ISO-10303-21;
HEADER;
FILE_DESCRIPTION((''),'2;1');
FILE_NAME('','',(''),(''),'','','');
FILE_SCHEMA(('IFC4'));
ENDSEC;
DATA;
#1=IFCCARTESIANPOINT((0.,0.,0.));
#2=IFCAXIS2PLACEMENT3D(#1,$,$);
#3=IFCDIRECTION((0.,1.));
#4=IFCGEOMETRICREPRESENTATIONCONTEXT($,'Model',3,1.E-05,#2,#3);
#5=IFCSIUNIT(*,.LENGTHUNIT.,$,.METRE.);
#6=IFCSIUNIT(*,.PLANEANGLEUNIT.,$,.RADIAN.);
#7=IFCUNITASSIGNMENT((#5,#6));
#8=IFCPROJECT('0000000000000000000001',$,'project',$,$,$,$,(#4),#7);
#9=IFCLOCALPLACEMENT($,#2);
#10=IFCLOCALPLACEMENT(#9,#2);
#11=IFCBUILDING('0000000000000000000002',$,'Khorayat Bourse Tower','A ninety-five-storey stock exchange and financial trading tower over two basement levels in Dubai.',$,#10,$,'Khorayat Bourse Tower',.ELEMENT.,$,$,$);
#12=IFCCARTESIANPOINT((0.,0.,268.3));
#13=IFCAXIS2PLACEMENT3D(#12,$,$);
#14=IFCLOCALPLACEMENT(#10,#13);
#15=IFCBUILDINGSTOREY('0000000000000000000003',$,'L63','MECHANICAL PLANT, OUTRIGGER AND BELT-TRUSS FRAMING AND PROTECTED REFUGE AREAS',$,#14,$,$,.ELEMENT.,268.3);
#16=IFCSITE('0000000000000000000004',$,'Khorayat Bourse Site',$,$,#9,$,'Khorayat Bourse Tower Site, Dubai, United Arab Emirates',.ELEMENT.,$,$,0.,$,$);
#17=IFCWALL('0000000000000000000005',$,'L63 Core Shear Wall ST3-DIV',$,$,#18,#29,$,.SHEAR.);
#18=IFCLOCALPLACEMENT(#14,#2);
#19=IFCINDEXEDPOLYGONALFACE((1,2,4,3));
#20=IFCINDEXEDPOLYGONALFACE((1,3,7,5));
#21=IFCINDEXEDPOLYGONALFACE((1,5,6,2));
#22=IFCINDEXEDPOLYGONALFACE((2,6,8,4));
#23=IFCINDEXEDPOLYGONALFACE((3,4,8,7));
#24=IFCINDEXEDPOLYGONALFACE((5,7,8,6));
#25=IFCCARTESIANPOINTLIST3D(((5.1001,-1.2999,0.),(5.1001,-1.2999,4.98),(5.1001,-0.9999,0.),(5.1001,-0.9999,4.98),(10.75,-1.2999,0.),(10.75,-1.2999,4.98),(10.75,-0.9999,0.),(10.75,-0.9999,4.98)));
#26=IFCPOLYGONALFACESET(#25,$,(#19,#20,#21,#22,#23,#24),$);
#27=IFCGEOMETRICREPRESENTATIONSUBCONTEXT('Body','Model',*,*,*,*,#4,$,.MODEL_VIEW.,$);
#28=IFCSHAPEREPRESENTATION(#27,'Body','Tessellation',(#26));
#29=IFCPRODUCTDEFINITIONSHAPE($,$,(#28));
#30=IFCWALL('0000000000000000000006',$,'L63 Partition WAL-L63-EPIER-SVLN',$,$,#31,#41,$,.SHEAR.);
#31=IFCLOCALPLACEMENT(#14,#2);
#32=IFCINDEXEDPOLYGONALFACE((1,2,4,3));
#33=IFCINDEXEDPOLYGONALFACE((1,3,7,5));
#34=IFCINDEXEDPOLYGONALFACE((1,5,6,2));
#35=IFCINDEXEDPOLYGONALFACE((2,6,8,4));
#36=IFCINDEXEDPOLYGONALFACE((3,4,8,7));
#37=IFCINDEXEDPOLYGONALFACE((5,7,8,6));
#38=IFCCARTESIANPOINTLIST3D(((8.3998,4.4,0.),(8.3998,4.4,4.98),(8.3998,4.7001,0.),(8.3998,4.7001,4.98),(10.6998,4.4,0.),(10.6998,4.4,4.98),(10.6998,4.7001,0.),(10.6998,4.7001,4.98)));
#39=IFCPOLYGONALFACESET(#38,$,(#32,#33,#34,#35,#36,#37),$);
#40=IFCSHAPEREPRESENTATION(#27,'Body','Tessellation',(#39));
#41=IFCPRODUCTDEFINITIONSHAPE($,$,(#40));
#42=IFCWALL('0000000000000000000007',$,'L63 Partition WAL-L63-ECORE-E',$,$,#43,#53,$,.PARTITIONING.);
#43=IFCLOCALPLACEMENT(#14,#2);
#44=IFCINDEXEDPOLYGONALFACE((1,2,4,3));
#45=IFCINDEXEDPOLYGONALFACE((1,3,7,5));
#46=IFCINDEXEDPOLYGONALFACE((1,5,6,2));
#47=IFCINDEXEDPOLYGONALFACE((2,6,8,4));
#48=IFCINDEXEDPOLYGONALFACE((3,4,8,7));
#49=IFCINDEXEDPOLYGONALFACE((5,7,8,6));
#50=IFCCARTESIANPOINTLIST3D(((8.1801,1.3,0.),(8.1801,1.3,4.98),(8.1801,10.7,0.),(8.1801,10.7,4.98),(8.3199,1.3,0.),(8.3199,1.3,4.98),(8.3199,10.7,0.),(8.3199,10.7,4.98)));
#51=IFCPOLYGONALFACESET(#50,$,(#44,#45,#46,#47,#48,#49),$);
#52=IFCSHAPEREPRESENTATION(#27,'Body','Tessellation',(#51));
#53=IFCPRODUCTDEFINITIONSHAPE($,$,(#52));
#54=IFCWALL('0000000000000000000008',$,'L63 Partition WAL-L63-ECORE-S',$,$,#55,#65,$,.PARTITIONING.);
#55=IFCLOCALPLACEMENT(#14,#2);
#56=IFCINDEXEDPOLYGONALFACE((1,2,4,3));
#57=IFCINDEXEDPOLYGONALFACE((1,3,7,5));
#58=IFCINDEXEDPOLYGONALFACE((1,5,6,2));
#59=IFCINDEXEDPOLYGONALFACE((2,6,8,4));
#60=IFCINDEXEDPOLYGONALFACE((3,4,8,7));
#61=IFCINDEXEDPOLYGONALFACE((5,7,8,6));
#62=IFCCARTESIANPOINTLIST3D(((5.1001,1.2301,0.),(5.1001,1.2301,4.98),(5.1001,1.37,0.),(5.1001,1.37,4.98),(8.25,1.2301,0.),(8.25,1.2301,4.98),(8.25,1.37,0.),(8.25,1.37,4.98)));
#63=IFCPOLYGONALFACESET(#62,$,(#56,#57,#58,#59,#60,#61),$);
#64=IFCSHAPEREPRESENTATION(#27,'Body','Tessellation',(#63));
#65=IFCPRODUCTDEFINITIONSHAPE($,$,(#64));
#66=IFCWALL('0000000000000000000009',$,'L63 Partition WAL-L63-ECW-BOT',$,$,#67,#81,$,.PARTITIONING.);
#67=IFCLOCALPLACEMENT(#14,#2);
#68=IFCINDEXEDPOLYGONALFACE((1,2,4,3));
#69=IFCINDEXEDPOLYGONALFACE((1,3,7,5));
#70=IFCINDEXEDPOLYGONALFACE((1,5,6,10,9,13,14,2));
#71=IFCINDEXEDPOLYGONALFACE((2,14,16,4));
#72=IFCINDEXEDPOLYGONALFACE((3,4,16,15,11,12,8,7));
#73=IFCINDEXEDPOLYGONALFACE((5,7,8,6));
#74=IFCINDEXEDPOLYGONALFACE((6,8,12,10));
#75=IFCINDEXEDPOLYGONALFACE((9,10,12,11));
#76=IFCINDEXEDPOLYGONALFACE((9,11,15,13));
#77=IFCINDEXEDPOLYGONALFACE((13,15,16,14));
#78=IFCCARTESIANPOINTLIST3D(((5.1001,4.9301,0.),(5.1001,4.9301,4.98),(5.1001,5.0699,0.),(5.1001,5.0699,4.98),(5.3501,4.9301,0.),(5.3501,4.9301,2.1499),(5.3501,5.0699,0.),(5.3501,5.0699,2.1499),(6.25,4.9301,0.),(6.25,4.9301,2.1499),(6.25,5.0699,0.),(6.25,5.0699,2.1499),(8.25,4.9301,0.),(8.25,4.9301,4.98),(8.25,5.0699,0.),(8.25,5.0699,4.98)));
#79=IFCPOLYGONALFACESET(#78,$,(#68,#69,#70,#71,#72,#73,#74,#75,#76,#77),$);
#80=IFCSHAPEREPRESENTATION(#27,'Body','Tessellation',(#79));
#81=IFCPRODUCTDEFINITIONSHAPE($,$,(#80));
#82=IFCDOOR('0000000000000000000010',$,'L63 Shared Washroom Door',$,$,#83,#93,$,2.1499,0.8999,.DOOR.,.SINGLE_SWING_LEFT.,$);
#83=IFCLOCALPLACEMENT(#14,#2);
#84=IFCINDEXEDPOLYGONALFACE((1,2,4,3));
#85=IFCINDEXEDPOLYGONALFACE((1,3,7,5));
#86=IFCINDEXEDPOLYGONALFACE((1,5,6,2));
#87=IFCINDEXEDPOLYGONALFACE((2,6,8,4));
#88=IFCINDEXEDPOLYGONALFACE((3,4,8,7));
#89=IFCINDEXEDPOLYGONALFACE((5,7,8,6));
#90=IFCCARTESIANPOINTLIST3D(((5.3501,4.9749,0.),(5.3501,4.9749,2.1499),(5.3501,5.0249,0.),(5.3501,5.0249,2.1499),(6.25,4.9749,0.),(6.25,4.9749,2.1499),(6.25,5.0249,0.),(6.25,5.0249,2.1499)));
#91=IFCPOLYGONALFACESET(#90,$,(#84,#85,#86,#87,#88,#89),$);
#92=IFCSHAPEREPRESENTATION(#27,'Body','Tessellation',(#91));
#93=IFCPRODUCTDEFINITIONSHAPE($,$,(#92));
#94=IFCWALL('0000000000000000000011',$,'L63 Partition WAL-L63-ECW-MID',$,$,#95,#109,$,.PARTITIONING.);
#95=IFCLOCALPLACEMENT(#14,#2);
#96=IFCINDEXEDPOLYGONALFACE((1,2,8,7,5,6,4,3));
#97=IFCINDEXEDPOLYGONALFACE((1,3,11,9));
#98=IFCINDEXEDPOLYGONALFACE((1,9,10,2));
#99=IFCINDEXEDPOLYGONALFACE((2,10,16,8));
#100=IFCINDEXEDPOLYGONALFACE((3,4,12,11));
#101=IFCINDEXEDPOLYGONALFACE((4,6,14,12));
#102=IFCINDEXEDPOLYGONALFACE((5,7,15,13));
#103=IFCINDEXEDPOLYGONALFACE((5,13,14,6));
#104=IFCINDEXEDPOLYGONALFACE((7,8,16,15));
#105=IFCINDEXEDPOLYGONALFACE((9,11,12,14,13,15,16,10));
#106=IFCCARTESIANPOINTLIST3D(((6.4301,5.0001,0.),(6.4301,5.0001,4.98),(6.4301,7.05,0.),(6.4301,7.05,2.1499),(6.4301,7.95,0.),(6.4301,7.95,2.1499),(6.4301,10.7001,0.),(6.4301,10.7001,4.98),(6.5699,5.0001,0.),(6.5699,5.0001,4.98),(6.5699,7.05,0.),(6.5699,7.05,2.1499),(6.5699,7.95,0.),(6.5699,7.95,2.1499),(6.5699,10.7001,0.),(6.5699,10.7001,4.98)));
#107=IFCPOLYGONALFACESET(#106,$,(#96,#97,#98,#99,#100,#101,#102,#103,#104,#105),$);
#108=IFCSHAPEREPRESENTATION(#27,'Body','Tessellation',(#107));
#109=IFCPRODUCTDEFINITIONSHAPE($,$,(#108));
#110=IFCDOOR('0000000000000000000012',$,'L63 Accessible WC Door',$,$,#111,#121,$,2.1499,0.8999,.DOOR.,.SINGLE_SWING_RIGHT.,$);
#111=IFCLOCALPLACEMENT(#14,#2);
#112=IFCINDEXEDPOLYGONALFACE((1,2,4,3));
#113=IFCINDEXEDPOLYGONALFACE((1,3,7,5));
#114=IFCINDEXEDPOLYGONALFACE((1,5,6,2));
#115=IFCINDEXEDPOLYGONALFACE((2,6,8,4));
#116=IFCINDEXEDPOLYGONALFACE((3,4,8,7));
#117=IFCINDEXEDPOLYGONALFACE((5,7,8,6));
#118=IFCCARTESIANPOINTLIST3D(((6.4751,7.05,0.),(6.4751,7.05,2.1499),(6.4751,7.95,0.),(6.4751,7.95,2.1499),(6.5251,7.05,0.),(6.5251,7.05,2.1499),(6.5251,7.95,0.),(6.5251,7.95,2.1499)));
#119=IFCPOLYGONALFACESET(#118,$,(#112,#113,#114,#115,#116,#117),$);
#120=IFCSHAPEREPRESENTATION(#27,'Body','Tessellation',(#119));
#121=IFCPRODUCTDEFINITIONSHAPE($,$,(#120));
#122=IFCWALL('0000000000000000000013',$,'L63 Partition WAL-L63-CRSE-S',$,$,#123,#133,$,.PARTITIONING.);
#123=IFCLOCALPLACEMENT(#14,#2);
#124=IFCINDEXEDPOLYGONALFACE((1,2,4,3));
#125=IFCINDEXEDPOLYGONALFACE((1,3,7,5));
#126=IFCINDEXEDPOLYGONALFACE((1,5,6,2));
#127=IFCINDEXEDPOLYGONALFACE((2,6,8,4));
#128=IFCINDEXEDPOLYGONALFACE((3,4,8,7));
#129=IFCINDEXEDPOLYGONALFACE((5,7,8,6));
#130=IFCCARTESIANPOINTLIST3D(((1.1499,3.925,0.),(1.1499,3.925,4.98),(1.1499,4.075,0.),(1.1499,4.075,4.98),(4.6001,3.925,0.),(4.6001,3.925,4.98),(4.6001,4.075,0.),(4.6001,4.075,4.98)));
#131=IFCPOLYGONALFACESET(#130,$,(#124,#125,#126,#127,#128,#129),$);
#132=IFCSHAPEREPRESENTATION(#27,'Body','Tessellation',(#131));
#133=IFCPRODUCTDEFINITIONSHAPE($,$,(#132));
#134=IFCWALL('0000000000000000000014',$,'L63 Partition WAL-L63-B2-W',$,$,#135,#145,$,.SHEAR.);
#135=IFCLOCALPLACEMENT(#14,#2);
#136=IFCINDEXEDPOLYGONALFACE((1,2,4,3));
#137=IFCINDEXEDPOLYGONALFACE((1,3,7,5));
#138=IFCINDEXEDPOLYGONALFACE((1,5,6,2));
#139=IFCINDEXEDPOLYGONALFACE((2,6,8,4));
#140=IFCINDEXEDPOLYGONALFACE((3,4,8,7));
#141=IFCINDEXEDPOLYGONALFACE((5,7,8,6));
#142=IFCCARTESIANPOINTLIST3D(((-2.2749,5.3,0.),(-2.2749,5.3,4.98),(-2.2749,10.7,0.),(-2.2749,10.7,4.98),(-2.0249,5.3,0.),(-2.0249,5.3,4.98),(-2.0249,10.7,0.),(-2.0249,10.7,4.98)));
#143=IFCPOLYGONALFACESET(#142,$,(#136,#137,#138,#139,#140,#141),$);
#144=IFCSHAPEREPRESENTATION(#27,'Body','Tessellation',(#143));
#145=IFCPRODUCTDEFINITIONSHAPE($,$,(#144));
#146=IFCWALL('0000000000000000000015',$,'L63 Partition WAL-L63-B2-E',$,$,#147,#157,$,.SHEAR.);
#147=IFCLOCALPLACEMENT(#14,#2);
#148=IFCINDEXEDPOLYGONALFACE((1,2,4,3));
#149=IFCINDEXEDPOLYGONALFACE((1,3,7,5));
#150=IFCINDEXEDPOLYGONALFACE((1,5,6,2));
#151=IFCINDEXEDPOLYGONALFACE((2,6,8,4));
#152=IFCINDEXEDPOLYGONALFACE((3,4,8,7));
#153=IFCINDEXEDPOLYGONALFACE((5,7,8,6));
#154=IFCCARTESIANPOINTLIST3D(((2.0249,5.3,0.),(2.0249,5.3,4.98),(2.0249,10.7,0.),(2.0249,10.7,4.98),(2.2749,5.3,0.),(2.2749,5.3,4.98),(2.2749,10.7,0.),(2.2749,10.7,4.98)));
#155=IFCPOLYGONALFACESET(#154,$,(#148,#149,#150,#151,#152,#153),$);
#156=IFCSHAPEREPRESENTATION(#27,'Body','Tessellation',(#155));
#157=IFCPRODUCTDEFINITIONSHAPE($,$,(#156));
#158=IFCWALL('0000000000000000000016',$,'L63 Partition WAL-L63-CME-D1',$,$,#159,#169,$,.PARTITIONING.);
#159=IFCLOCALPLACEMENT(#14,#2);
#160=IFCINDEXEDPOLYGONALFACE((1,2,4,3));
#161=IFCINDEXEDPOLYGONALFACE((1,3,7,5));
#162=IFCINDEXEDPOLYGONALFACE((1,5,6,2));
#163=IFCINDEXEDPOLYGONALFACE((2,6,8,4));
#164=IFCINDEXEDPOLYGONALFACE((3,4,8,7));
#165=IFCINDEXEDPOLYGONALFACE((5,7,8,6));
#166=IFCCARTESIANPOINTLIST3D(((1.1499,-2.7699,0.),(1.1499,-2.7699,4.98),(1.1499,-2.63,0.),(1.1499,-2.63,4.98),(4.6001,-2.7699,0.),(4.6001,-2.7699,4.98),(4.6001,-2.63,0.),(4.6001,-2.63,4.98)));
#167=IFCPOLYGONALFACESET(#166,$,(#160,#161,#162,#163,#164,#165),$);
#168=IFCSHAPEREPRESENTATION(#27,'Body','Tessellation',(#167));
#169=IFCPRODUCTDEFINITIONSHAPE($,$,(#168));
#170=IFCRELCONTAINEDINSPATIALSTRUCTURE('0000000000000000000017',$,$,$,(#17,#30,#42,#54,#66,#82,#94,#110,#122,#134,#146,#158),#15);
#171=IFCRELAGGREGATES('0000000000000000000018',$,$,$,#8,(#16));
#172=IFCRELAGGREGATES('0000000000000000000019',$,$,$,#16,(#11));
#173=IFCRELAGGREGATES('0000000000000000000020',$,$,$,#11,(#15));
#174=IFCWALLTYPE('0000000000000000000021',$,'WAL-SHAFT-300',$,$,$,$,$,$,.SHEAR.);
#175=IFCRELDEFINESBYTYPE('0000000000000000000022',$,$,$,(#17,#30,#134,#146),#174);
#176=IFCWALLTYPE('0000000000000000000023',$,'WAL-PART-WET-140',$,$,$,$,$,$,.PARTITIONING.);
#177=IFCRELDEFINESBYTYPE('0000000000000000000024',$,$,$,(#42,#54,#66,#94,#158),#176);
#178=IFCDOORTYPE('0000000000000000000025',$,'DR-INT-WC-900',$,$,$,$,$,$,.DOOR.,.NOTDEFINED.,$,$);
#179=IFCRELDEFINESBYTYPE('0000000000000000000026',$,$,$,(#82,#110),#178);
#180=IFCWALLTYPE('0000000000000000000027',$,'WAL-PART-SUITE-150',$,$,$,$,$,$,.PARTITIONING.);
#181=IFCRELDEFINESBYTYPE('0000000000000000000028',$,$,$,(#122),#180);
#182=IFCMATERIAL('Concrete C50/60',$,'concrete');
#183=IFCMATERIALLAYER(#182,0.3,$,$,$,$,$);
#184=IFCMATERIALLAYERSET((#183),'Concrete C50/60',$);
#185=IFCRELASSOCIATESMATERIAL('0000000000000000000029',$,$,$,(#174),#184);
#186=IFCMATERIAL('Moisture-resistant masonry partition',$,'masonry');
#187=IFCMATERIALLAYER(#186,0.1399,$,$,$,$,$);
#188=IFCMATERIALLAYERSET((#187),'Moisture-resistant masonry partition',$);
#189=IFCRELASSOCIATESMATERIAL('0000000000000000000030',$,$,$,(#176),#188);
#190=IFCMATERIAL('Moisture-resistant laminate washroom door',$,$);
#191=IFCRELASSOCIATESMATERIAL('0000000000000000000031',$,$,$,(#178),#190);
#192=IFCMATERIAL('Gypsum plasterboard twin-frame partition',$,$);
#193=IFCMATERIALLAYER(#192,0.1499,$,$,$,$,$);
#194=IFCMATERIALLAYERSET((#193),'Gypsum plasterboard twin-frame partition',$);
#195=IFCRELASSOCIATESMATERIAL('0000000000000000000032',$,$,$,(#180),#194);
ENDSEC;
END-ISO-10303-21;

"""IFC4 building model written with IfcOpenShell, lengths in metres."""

from ifc_helpers import new_model, si_unit, direction, frame, frame_2d, origin, place, context, subcontext, project, spatial, rectangle, extrude, source, transform, mapped, material, layer, layer_set, type_object, element, fill, save


model = new_model("IFC4")

# Units and contexts
model_context = context("Model", 3, precision=1e-05, world=origin(), true_north=direction((0.0, 1.0)))
body_context = subcontext(model_context, "Body", "Model", "MODEL_VIEW")
ifc_project = project(units=[si_unit("LENGTHUNIT", "METRE"), si_unit("PLANEANGLEUNIT", "RADIAN")], contexts=[model_context])

# Site, building, storey
site_placement = place(None, origin())
site = spatial("IfcSite", under=ifc_project, at=site_placement, Name="Khorayat Bourse Site", LongName="Khorayat Bourse Tower Site, Dubai, United Arab Emirates", CompositionType="ELEMENT", RefElevation=0.0)
building_placement = place(site_placement, origin())
building = spatial("IfcBuilding", under=site, at=building_placement, Name="Khorayat Bourse Tower", Description="A ninety-five-storey stock exchange and financial trading tower over two basement levels in Dubai.", LongName="Khorayat Bourse Tower", CompositionType="ELEMENT")
storey_placement = place(building_placement, frame((0.0, 0.0, 268.3)))
storey = spatial("IfcBuildingStorey", under=building, at=storey_placement, Name="L63", Description="MECHANICAL PLANT, OUTRIGGER AND BELT-TRUSS FRAMING AND PROTECTED REFUGE AREAS", CompositionType="ELEMENT", Elevation=268.3)

# Shared definitions
ifc_material_1 = material(Name="Concrete C50/60", Category="concrete")

# Walls
ifc_layer_1 = layer(ifc_material_1, 0.3)
ifc_layer_set_1 = layer_set([ifc_layer_1], Name="Concrete C50/60")
wall_type_1 = type_object("IfcWallType", Name="WAL-SHAFT-300", PredefinedType="SHEAR", material=ifc_layer_set_1)
shared_shape_1 = source(origin(), body_context, "Body", "SweptSolid", [
    extrude(rectangle(XDim=5.6499, YDim=0.3, at=frame_2d((2.825, 0.0))), origin(), (0.0, 0.0, 1.0), 4.98),
])
wall_1_placement = place(storey_placement, frame((5.1001, -1.1499, 0.0), z_axis=(0.0, 0.0, 1.0), x_axis=(1.0, 0.0, 0.0)))
element("IfcWall", 1, at=wall_1_placement, inside=storey, type_object=wall_type_1, Name="L63 Core Shear Wall ST3-DIV", PredefinedType="SHEAR", context=body_context, shape_type="MappedRepresentation", body=[
    mapped(shared_shape_1, transform((0.0, 0.0, 0.0), scale=1.0)),
])
shared_shape_2 = source(origin(), body_context, "Body", "SweptSolid", [
    extrude(rectangle(XDim=2.3, YDim=0.3, at=frame_2d((1.1499, 0.0))), origin(), (0.0, 0.0, 1.0), 4.98),
])
wall_2_placement = place(storey_placement, frame((8.3999, 4.55, 0.0), z_axis=(0.0, 0.0, 1.0), x_axis=(1.0, 0.0, 0.0)))
element("IfcWall", 2, at=wall_2_placement, inside=storey, type_object=wall_type_1, Name="L63 Partition WAL-L63-EPIER-SVLN", PredefinedType="SHEAR", context=body_context, shape_type="MappedRepresentation", body=[
    mapped(shared_shape_2, transform((0.0, 0.0, 0.0), scale=1.0)),
])
ifc_material_2 = material(Name="Moisture-resistant masonry partition", Category="masonry")
ifc_layer_2 = layer(ifc_material_2, 0.1399)
ifc_layer_set_2 = layer_set([ifc_layer_2], Name="Moisture-resistant masonry partition")
wall_type_2 = type_object("IfcWallType", Name="WAL-PART-WET-140", PredefinedType="PARTITIONING", material=ifc_layer_set_2)
shared_shape_3 = source(origin(), body_context, "Body", "SweptSolid", [
    extrude(rectangle(XDim=9.3999, YDim=0.1399, at=frame_2d((4.7, 0.0))), origin(), (0.0, 0.0, 1.0), 4.98),
])
wall_3_placement = place(storey_placement, frame((8.25, 1.3, 0.0), z_axis=(0.0, 0.0, 1.0), x_axis=(0.0, 1.0, 0.0)))
element("IfcWall", 3, at=wall_3_placement, inside=storey, type_object=wall_type_2, Name="L63 Partition WAL-L63-ECORE-E", PredefinedType="PARTITIONING", context=body_context, shape_type="MappedRepresentation", body=[
    mapped(shared_shape_3, transform((0.0, 0.0, 0.0), scale=1.0)),
])
shared_shape_4 = source(origin(), body_context, "Body", "SweptSolid", [
    extrude(rectangle(XDim=3.1499, YDim=0.1399, at=frame_2d((1.575, 0.0))), origin(), (0.0, 0.0, 1.0), 4.98),
])
wall_4_placement = place(storey_placement, frame((5.1001, 1.3, 0.0), z_axis=(0.0, 0.0, 1.0), x_axis=(1.0, 0.0, 0.0)))
element("IfcWall", 4, at=wall_4_placement, inside=storey, type_object=wall_type_2, Name="L63 Partition WAL-L63-ECORE-S", PredefinedType="PARTITIONING", context=body_context, shape_type="MappedRepresentation", body=[
    mapped(shared_shape_4, transform((0.0, 0.0, 0.0), scale=1.0)),
])

# Walls, openings, doors
wall_5_placement = place(storey_placement, frame((5.1001, 5.0, 0.0), z_axis=(0.0, 0.0, 1.0), x_axis=(1.0, 0.0, 0.0)))
wall_5 = element("IfcWall", 5, at=wall_5_placement, inside=storey, type_object=wall_type_2, Name="L63 Partition WAL-L63-ECW-BOT", PredefinedType="PARTITIONING", context=body_context, shape_type="MappedRepresentation", body=[
    mapped(shared_shape_4, transform((0.0, 0.0, 0.0), scale=1.0)),
])
shared_shape_5 = source(origin(), body_context, "Body", "SweptSolid", [
    extrude(rectangle(XDim=0.8999, YDim=2.1499, at=frame_2d((0.45, 1.075))), frame((0.0, 0.0798, 0.0), z_axis=(0.0, -1.0, 0.0), x_axis=(1.0, 0.0, 0.0)), (0.0, 0.0, 1.0), 0.1599),
])
opening_1_placement = place(wall_5_placement, frame((0.25, 0.0, 0.0)))
opening_1 = element("IfcOpeningElement", 6, at=opening_1_placement, cuts=wall_5, PredefinedType="OPENING", context=body_context, shape_type="MappedRepresentation", body=[
    mapped(shared_shape_5, transform((0.0, 0.0, 0.0), scale=1.0)),
])
ifc_material_3 = material(Name="Moisture-resistant laminate washroom door")
door_type = type_object("IfcDoorType", Name="DR-INT-WC-900", OperationType="NOTDEFINED", PredefinedType="DOOR", material=ifc_material_3)
shared_shape_6 = source(origin(), body_context, "Body", "SweptSolid", [
    extrude(rectangle(XDim=0.8999, YDim=2.1499, at=frame_2d((0.45, 1.075))), frame((0.0, 0.0249, 0.0), z_axis=(0.0, -1.0, 0.0), x_axis=(1.0, 0.0, 0.0)), (0.0, 0.0, 1.0), 0.05),
])
door_1_placement = place(opening_1_placement, origin())
door_1 = element("IfcDoor", 7, at=door_1_placement, inside=storey, type_object=door_type, Name="L63 Shared Washroom Door", OperationType="SINGLE_SWING_LEFT", OverallHeight=2.1499, OverallWidth=0.8999, PredefinedType="DOOR", context=body_context, shape_type="MappedRepresentation", body=[
    mapped(shared_shape_6, transform((0.0, 0.0, 0.0), scale=1.0)),
])
fill(opening_1, door_1)
shared_shape_7 = source(origin(), body_context, "Body", "SweptSolid", [
    extrude(rectangle(XDim=5.7, YDim=0.1399, at=frame_2d((2.8501, 0.0))), origin(), (0.0, 0.0, 1.0), 4.98),
])
wall_6_placement = place(storey_placement, frame((6.5, 5.0, 0.0), z_axis=(0.0, 0.0, 1.0), x_axis=(0.0, 1.0, 0.0)))
wall_6 = element("IfcWall", 8, at=wall_6_placement, inside=storey, type_object=wall_type_2, Name="L63 Partition WAL-L63-ECW-MID", PredefinedType="PARTITIONING", context=body_context, shape_type="MappedRepresentation", body=[
    mapped(shared_shape_7, transform((0.0, 0.0, 0.0), scale=1.0)),
])
opening_2_placement = place(wall_6_placement, frame((2.05, 0.0, 0.0)))
opening_2 = element("IfcOpeningElement", 9, at=opening_2_placement, cuts=wall_6, PredefinedType="OPENING", context=body_context, shape_type="MappedRepresentation", body=[
    mapped(shared_shape_5, transform((0.0, 0.0, 0.0), scale=1.0)),
])
door_2_placement = place(opening_2_placement, origin())
door_2 = element("IfcDoor", 10, at=door_2_placement, inside=storey, type_object=door_type, Name="L63 Accessible WC Door", OperationType="SINGLE_SWING_RIGHT", OverallHeight=2.1499, OverallWidth=0.8999, PredefinedType="DOOR", context=body_context, shape_type="MappedRepresentation", body=[
    mapped(shared_shape_6, transform((0.0, 0.0, 0.0), scale=1.0)),
])
fill(opening_2, door_2)

# Walls
ifc_material_4 = material(Name="Gypsum plasterboard twin-frame partition")
ifc_layer_3 = layer(ifc_material_4, 0.1499)
ifc_layer_set_3 = layer_set([ifc_layer_3], Name="Gypsum plasterboard twin-frame partition")
wall_type_3 = type_object("IfcWallType", Name="WAL-PART-SUITE-150", PredefinedType="PARTITIONING", material=ifc_layer_set_3)
shared_shape_8 = source(origin(), body_context, "Body", "SweptSolid", [
    extrude(rectangle(XDim=3.4502, YDim=0.1499, at=frame_2d((1.7251, 0.0))), origin(), (0.0, 0.0, 1.0), 4.98),
])
wall_7_placement = place(storey_placement, frame((1.1499, 4.0, 0.0), z_axis=(0.0, 0.0, 1.0), x_axis=(1.0, 0.0, 0.0)))
element("IfcWall", 11, at=wall_7_placement, inside=storey, type_object=wall_type_3, Name="L63 Partition WAL-L63-CRSE-S", PredefinedType="PARTITIONING", context=body_context, shape_type="MappedRepresentation", body=[
    mapped(shared_shape_8, transform((0.0, 0.0, 0.0), scale=1.0)),
])
shared_shape_9 = source(origin(), body_context, "Body", "SweptSolid", [
    extrude(rectangle(XDim=5.3999, YDim=0.25, at=frame_2d((2.7, 0.0))), origin(), (0.0, 0.0, 1.0), 4.98),
])
for number, where, z_axis, x_axis, name in (
    (12, (-2.1499, 5.3, 0.0), (0.0, 0.0, 1.0), (0.0, 1.0, 0.0), "L63 Partition WAL-L63-B2-W"),
    (13, (2.1499, 5.3, 0.0), (0.0, 0.0, 1.0), (0.0, 1.0, 0.0), "L63 Partition WAL-L63-B2-E"),
):
    element("IfcWall", number, at=place(storey_placement, frame(where, z_axis=z_axis, x_axis=x_axis)), inside=storey, type_object=wall_type_1, Name=name, PredefinedType="SHEAR", context=body_context, shape_type="MappedRepresentation", body=[
        mapped(shared_shape_9, transform((0.0, 0.0, 0.0), scale=1.0)),
    ])
shared_shape_10 = source(origin(), body_context, "Body", "SweptSolid", [
    extrude(rectangle(XDim=3.4502, YDim=0.1399, at=frame_2d((1.7251, 0.0))), origin(), (0.0, 0.0, 1.0), 4.98),
])
for number, where, z_axis, x_axis, name in (
    (14, (1.1499, -2.7, 0.0), (0.0, 0.0, 1.0), (1.0, 0.0, 0.0), "L63 Partition WAL-L63-CME-D1"),
):
    element("IfcWall", number, at=place(storey_placement, frame(where, z_axis=z_axis, x_axis=x_axis)), inside=storey, type_object=wall_type_2, Name=name, PredefinedType="PARTITIONING", context=body_context, shape_type="MappedRepresentation", body=[
        mapped(shared_shape_10, transform((0.0, 0.0, 0.0), scale=1.0)),
    ])

save(model, "model.ifc")
